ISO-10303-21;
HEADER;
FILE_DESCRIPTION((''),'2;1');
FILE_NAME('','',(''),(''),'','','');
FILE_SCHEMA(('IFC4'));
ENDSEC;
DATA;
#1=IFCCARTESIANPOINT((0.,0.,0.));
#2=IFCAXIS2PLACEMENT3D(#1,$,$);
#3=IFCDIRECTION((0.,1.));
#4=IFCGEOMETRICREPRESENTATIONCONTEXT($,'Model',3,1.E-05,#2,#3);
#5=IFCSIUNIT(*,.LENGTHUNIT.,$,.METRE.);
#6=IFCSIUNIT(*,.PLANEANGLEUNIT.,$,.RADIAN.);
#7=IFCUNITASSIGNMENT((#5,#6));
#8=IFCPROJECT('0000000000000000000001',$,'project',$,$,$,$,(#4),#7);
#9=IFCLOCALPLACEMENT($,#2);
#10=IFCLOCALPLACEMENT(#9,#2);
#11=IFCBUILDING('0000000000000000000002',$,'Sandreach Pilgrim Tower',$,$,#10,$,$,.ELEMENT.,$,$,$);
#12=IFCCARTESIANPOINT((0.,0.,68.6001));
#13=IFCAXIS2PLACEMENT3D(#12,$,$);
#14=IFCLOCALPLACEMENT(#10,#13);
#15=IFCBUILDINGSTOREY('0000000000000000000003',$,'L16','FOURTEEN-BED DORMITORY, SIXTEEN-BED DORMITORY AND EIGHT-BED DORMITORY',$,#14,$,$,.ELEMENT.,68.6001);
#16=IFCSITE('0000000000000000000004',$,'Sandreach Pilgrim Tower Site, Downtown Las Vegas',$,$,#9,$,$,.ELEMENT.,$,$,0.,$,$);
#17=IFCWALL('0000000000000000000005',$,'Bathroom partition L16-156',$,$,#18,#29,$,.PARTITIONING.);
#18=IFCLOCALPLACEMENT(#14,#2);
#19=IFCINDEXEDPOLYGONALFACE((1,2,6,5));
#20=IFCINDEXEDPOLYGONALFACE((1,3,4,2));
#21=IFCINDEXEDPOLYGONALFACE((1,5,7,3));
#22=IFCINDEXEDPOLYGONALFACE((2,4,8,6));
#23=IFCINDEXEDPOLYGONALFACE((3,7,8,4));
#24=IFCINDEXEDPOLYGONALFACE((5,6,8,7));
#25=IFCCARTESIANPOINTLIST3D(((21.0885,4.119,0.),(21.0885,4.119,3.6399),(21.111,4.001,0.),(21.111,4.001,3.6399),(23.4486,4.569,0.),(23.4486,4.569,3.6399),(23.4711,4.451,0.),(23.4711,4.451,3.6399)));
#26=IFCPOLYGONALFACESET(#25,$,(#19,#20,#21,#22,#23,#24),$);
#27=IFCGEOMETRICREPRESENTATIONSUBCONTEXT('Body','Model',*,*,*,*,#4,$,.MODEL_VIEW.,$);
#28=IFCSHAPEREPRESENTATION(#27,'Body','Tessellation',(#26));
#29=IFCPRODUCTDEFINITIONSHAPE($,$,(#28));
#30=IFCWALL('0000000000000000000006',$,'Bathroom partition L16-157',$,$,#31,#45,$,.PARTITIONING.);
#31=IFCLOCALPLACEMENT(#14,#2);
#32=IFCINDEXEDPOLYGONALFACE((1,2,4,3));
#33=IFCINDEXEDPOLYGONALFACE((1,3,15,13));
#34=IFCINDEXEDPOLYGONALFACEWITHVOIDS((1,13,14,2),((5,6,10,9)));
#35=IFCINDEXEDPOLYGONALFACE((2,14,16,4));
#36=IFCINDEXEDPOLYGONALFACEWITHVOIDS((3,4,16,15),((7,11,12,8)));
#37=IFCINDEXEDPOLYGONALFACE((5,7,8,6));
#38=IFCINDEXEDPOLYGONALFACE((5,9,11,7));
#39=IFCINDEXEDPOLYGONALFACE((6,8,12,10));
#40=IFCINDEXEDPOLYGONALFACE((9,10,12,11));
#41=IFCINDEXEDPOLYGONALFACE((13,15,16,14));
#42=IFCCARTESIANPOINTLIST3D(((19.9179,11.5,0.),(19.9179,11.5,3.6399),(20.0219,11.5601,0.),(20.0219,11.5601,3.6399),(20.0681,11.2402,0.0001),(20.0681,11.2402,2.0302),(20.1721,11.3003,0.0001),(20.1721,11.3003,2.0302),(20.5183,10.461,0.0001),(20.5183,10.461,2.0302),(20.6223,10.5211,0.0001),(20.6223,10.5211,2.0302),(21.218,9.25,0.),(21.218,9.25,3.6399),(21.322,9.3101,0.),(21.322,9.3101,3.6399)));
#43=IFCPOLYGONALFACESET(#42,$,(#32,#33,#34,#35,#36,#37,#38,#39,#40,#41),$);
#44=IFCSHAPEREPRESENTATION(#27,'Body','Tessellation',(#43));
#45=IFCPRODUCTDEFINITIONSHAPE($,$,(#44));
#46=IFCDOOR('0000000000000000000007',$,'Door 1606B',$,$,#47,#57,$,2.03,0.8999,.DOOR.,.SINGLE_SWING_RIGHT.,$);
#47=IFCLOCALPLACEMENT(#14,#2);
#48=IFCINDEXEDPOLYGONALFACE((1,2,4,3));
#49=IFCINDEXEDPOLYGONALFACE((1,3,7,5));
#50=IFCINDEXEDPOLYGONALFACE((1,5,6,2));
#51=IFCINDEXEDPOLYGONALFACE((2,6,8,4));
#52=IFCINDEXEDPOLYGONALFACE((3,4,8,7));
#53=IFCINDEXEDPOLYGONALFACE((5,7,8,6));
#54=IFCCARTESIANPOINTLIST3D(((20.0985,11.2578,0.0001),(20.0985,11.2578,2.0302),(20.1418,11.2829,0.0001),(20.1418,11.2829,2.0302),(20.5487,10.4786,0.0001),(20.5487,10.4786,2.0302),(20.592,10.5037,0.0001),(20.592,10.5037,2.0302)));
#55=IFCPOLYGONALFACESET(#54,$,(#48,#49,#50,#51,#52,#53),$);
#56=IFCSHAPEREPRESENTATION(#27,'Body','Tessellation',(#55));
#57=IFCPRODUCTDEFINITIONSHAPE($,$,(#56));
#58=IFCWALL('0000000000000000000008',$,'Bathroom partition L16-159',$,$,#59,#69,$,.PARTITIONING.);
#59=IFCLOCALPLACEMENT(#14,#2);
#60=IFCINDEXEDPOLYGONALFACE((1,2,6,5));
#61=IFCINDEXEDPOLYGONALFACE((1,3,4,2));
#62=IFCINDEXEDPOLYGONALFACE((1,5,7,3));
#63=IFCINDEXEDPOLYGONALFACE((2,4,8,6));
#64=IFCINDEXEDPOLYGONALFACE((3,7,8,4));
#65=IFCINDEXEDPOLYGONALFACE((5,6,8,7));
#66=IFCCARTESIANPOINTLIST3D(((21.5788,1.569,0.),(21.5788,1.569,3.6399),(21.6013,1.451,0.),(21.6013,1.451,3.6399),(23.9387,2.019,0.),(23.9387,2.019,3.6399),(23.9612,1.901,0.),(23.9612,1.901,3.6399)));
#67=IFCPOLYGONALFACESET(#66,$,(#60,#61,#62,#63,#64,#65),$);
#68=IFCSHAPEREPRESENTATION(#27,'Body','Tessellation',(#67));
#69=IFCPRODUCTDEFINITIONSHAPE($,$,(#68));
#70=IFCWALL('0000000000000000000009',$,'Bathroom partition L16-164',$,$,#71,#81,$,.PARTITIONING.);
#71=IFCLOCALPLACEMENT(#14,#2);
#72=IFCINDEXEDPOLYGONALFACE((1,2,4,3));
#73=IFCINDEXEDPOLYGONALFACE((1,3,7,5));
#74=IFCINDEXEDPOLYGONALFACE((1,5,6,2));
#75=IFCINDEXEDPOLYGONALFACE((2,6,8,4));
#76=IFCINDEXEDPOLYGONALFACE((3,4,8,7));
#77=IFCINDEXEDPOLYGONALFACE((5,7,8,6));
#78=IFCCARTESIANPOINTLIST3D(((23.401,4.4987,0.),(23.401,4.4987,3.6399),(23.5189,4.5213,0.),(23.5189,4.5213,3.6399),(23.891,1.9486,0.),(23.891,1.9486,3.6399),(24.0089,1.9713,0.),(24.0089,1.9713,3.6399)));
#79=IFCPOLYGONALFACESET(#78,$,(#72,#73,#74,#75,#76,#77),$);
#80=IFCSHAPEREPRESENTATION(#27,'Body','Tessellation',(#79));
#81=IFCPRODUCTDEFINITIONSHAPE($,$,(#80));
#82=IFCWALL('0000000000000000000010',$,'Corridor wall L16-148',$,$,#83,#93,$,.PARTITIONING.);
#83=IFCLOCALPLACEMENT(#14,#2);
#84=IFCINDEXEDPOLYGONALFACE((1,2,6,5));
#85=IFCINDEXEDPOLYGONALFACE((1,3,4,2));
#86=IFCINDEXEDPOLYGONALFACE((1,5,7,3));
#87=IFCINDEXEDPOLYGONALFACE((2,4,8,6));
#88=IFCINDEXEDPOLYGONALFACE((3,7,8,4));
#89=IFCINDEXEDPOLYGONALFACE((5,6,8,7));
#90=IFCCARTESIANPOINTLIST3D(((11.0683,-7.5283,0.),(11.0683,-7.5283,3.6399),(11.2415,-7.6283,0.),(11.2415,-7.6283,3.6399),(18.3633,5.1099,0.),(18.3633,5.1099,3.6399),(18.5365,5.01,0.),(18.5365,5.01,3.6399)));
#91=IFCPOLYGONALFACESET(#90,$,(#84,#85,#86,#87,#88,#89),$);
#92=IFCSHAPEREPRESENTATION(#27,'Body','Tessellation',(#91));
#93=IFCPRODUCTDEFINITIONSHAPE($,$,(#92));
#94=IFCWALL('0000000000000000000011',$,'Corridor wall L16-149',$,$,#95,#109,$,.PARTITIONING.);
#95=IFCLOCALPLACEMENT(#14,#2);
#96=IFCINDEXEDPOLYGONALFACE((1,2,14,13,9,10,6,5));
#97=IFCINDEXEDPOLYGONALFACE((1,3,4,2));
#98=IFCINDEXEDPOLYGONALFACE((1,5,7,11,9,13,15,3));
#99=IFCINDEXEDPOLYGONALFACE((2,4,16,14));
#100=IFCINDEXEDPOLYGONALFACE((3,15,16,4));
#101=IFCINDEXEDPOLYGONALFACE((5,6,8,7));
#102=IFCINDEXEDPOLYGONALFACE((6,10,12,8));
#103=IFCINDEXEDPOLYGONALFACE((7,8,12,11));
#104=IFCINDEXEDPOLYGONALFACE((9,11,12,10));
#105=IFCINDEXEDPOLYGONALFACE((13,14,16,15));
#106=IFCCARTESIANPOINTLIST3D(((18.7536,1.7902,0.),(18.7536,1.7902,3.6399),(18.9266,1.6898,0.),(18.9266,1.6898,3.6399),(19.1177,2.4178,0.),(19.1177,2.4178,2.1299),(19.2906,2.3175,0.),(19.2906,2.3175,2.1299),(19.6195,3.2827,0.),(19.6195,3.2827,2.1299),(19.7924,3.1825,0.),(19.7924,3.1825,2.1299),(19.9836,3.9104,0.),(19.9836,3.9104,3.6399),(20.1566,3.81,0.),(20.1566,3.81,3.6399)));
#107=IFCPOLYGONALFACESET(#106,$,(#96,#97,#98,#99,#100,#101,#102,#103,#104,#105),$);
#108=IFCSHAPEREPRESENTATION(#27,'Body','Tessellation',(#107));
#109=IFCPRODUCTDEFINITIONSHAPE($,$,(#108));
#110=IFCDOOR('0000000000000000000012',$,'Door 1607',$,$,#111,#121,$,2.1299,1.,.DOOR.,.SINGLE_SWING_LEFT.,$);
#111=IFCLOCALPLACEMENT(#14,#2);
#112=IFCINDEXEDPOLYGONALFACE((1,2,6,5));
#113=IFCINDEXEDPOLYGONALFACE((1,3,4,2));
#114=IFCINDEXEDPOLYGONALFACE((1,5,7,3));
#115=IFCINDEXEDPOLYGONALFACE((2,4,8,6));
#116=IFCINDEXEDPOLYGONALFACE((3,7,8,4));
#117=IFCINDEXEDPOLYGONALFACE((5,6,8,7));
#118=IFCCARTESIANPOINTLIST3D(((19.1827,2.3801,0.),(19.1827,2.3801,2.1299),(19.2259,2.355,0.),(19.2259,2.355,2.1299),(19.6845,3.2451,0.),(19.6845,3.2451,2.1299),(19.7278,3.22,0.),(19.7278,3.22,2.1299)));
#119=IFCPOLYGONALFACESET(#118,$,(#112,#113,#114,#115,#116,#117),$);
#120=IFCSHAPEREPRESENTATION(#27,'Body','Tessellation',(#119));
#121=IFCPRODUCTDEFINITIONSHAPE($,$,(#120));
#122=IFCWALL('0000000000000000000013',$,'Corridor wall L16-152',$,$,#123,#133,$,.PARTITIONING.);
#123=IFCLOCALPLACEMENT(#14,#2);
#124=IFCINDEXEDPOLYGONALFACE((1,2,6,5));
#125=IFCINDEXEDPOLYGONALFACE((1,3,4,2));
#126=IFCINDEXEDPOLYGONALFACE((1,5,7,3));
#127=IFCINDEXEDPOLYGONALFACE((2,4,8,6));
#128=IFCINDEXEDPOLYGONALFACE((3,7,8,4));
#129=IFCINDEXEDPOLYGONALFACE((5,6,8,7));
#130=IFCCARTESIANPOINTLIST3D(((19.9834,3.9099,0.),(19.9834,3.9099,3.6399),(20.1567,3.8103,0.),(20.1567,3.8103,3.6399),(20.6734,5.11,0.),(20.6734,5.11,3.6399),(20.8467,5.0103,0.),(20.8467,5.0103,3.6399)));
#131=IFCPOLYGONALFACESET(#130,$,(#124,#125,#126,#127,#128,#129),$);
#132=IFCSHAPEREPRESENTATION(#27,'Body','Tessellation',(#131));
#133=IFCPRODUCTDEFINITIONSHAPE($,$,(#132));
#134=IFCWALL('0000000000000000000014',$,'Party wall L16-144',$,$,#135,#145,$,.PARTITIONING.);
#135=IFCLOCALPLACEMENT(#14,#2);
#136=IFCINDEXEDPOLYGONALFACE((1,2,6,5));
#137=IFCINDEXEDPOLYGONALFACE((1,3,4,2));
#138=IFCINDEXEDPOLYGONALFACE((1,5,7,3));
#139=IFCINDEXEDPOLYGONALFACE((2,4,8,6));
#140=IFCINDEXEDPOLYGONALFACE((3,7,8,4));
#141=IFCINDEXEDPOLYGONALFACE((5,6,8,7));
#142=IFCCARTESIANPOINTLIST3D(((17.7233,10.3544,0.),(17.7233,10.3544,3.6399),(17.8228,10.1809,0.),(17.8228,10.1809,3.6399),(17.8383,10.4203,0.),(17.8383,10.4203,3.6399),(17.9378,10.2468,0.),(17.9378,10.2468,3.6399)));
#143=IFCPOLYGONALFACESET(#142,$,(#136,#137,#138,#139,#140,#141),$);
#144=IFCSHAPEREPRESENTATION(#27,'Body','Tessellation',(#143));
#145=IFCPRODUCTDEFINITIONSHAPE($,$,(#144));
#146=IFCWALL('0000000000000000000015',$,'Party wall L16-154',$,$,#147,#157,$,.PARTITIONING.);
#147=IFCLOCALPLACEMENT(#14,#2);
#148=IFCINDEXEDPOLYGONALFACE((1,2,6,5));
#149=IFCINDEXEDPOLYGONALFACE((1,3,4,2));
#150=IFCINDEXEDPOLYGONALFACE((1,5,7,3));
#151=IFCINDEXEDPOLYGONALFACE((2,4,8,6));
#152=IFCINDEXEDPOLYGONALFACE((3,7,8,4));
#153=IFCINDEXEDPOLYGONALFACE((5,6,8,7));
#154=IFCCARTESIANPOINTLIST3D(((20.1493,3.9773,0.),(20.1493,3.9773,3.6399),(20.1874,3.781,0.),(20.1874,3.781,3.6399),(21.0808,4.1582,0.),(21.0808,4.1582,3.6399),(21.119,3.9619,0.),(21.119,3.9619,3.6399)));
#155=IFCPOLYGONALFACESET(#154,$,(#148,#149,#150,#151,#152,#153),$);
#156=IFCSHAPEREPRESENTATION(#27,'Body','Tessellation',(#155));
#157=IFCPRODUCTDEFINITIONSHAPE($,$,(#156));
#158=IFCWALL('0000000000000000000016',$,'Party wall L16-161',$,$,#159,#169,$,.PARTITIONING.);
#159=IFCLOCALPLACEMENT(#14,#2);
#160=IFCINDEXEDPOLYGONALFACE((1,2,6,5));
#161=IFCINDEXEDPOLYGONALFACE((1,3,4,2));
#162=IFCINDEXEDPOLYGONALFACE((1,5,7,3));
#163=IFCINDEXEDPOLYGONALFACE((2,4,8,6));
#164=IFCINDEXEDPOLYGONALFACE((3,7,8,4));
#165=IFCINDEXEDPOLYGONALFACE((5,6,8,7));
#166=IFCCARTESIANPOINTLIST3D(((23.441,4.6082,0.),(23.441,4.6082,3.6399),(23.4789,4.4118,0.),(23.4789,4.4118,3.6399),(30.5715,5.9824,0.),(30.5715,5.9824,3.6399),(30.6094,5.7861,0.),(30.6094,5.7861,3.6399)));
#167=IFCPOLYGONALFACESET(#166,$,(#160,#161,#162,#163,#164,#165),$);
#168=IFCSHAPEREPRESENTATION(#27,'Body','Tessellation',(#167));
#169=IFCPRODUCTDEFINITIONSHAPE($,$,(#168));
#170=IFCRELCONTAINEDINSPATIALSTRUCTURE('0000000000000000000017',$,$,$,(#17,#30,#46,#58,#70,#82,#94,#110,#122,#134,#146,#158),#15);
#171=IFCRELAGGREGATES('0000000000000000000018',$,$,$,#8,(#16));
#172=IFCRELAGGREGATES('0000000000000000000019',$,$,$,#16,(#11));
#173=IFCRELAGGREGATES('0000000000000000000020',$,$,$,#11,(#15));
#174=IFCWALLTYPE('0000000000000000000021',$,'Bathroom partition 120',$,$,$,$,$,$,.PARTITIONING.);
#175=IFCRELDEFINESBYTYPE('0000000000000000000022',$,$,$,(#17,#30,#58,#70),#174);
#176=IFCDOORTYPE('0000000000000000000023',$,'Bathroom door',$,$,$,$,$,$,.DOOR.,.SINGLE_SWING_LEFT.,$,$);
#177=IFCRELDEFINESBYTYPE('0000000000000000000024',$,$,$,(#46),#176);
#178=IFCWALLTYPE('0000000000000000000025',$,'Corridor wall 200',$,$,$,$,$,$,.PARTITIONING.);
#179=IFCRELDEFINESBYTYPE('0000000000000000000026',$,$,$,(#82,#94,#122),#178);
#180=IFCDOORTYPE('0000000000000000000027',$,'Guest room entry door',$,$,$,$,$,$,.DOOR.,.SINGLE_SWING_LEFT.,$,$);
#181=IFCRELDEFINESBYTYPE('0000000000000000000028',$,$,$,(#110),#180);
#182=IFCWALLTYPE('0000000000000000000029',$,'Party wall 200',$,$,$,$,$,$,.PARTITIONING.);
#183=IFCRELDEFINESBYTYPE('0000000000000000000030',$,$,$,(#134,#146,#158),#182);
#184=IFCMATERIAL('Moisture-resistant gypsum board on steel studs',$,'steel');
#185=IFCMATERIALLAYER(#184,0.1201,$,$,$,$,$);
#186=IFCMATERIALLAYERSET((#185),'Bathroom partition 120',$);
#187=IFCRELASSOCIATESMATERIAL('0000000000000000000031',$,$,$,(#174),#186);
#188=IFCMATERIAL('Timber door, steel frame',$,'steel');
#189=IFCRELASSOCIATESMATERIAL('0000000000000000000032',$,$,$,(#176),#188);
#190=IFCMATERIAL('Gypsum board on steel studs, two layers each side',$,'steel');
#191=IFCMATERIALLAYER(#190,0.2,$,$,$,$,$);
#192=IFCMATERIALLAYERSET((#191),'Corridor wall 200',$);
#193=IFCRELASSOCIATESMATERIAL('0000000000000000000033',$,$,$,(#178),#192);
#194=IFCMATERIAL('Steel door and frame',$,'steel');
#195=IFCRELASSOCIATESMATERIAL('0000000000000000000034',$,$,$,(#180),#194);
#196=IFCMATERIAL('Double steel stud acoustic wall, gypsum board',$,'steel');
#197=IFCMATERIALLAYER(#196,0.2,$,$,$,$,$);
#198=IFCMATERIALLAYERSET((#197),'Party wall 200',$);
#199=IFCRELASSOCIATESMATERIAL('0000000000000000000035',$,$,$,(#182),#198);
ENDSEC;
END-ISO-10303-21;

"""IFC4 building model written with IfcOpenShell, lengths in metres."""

from ifc_helpers import new_model, si_unit, direction, frame, frame_2d, origin, place, context, subcontext, project, spatial, rectangle, extrude, material, layer, layer_set, type_object, element, fill, save


model = new_model("IFC4")

# Units and contexts
model_context = context("Model", 3, precision=1e-05, world=origin(), true_north=direction((0.0, 1.0)))
body_context = subcontext(model_context, "Body", "Model", "MODEL_VIEW")
ifc_project = project(units=[si_unit("LENGTHUNIT", "METRE"), si_unit("PLANEANGLEUNIT", "RADIAN")], contexts=[model_context])

# Site, building, storey
site_placement = place(None, origin())
site = spatial("IfcSite", under=ifc_project, at=site_placement, Name="Sandreach Pilgrim Tower Site, Downtown Las Vegas", CompositionType="ELEMENT", RefElevation=0.0)
building_placement = place(site_placement, origin())
building = spatial("IfcBuilding", under=site, at=building_placement, Name="Sandreach Pilgrim Tower", CompositionType="ELEMENT")
storey_placement = place(building_placement, frame((0.0, 0.0, 68.6001)))
storey = spatial("IfcBuildingStorey", under=building, at=storey_placement, Name="L16", Description="FOURTEEN-BED DORMITORY, SIXTEEN-BED DORMITORY AND EIGHT-BED DORMITORY", CompositionType="ELEMENT", Elevation=68.6001)

# Shared definitions
ifc_material_1 = material(Name="Moisture-resistant gypsum board on steel studs", Category="steel")
ifc_layer_1 = layer(ifc_material_1, 0.1201)
ifc_layer_set_1 = layer_set([ifc_layer_1], Name="Bathroom partition 120")
wall_type_1 = type_object("IfcWallType", Name="Bathroom partition 120", PredefinedType="PARTITIONING", material=ifc_layer_set_1)

# Shared definitions
ifc_material_2 = material(Name="Timber door, steel frame", Category="steel")
door_type_1 = type_object("IfcDoorType", Name="Bathroom door", OperationType="SINGLE_SWING_LEFT", PredefinedType="DOOR", material=ifc_material_2)

# Wall
wall_1_placement = place(storey_placement, frame((21.0999, 4.0601, 0.0), z_axis=(0.0, 0.0, 1.0), x_axis=(0.982307, 0.187276, 0.0)))
element("IfcWall", 1, at=wall_1_placement, inside=storey, type_object=wall_type_1, Name="Bathroom partition L16-156", PredefinedType="PARTITIONING", context=body_context, shape_type="SweptSolid", body=[
    extrude(rectangle(XDim=2.4026, YDim=0.1201, at=frame_2d((1.2012, 0.0))), origin(), (0.0, 0.0, 1.0), 3.6399),
])

# Wall, opening, door
wall_2_placement = place(storey_placement, frame((21.27, 9.28, 0.0), z_axis=(0.0, 0.0, 1.0), x_axis=(-0.500292, 0.865857, 0.0)))
wall_2 = element("IfcWall", 2, at=wall_2_placement, inside=storey, type_object=wall_type_1, Name="Bathroom partition L16-157", PredefinedType="PARTITIONING", context=body_context, shape_type="SweptSolid", body=[
    extrude(rectangle(XDim=2.5986, YDim=0.1201, at=frame_2d((1.2993, 0.0))), origin(), (0.0, 0.0, 1.0), 3.6399),
])
opening_1_placement = place(wall_2_placement, frame((1.3987, 0.0, 0.0)))
opening_1 = element("IfcOpeningElement", 3, at=opening_1_placement, cuts=wall_2, PredefinedType="OPENING", context=body_context, shape_type="SweptSolid", body=[
    extrude(rectangle(XDim=0.8999, YDim=2.03, at=frame_2d((0.45, 1.0151))), frame((0.0, 0.0601, 0.0), z_axis=(0.0, -1.0, 0.0), x_axis=(1.0, 0.0, 0.0)), (0.0, 0.0, 1.0), 0.1201),
])
door_1_placement = place(opening_1_placement, origin())
door_1 = element("IfcDoor", 4, at=door_1_placement, inside=storey, type_object=door_type_1, Name="Door 1606B", OperationType="SINGLE_SWING_RIGHT", OverallHeight=2.03, OverallWidth=0.8999, PredefinedType="DOOR", context=body_context, shape_type="SweptSolid", body=[
    extrude(rectangle(XDim=0.8999, YDim=2.03, at=frame_2d((0.45, 1.0151))), frame((0.0, 0.0249, 0.0), z_axis=(0.0, -1.0, 0.0), x_axis=(1.0, 0.0, 0.0)), (0.0, 0.0, 1.0), 0.05),
])
fill(opening_1, door_1)

# Walls
wall_3_placement = place(storey_placement, frame((21.5901, 1.51, 0.0), z_axis=(0.0, 0.0, 1.0), x_axis=(0.982304, 0.187294, 0.0)))
element("IfcWall", 5, at=wall_3_placement, inside=storey, type_object=wall_type_1, Name="Bathroom partition L16-159", PredefinedType="PARTITIONING", context=body_context, shape_type="SweptSolid", body=[
    extrude(rectangle(XDim=2.4023, YDim=0.1201, at=frame_2d((1.2012, 0.0))), origin(), (0.0, 0.0, 1.0), 3.6399),
])
wall_4_placement = place(storey_placement, frame((23.95, 1.96, 0.0), z_axis=(0.0, 0.0, 1.0), x_axis=(-0.188697, 0.982035, 0.0)))
element("IfcWall", 6, at=wall_4_placement, inside=storey, type_object=wall_type_1, Name="Bathroom partition L16-164", PredefinedType="PARTITIONING", context=body_context, shape_type="SweptSolid", body=[
    extrude(rectangle(XDim=2.5967, YDim=0.1201, at=frame_2d((1.2983, 0.0))), origin(), (0.0, 0.0, 1.0), 3.6399),
])

# Shared definitions
ifc_material_3 = material(Name="Gypsum board on steel studs, two layers each side", Category="steel")
ifc_layer_2 = layer(ifc_material_3, 0.2)
ifc_layer_set_2 = layer_set([ifc_layer_2], Name="Corridor wall 200")
wall_type_2 = type_object("IfcWallType", Name="Corridor wall 200", PredefinedType="PARTITIONING", material=ifc_layer_set_2)
ifc_material_4 = material(Name="Steel door and frame", Category="steel")
door_type_2 = type_object("IfcDoorType", Name="Guest room entry door", OperationType="SINGLE_SWING_LEFT", PredefinedType="DOOR", material=ifc_material_4)

# Wall
wall_5_placement = place(storey_placement, frame((18.45, 5.0601, 0.0), z_axis=(0.0, 0.0, 1.0), x_axis=(-0.499911, -0.866077, 0.0)))
element("IfcWall", 7, at=wall_5_placement, inside=storey, type_object=wall_type_2, Name="Corridor wall L16-148", PredefinedType="PARTITIONING", context=body_context, shape_type="SweptSolid", body=[
    extrude(rectangle(XDim=14.5925, YDim=0.2, at=frame_2d((7.2964, 0.0))), origin(), (0.0, 0.0, 1.0), 3.6399),
])

# Wall, opening, door
wall_6_placement = place(storey_placement, frame((18.8401, 1.74, 0.0), z_axis=(0.0, 0.0, 1.0), x_axis=(0.501813, 0.864976, 0.0)))
wall_6 = element("IfcWall", 8, at=wall_6_placement, inside=storey, type_object=wall_type_2, Name="Corridor wall L16-149", PredefinedType="PARTITIONING", context=body_context, shape_type="SweptSolid", body=[
    extrude(rectangle(XDim=2.4512, YDim=0.2, at=frame_2d((1.2256, 0.0))), origin(), (0.0, 0.0, 1.0), 3.6399),
])
opening_2_placement = place(wall_6_placement, frame((0.7256, 0.0, 0.0)))
opening_2 = element("IfcOpeningElement", 9, at=opening_2_placement, cuts=wall_6, PredefinedType="OPENING", context=body_context, shape_type="SweptSolid", body=[
    extrude(rectangle(XDim=1.0, YDim=2.1299, at=frame_2d((0.5, 1.0649))), frame((0.0, 0.1001, 0.0), z_axis=(0.0, -1.0, 0.0), x_axis=(1.0, 0.0, 0.0)), (0.0, 0.0, 1.0), 0.2),
])
door_2_placement = place(opening_2_placement, origin())
door_2 = element("IfcDoor", 10, at=door_2_placement, inside=storey, type_object=door_type_2, Name="Door 1607", OperationType="SINGLE_SWING_LEFT", OverallHeight=2.1299, OverallWidth=1.0, PredefinedType="DOOR", context=body_context, shape_type="SweptSolid", body=[
    extrude(rectangle(XDim=1.0, YDim=2.1299, at=frame_2d((0.5, 1.0649))), frame((0.0, 0.0249, 0.0), z_axis=(0.0, -1.0, 0.0), x_axis=(1.0, 0.0, 0.0)), (0.0, 0.0, 1.0), 0.05),
])
fill(opening_2, door_2)

# Walls
wall_7_placement = place(storey_placement, frame((20.0701, 3.8601, 0.0), z_axis=(0.0, 0.0, 1.0), x_axis=(0.498455, 0.866916, 0.0)))
element("IfcWall", 11, at=wall_7_placement, inside=storey, type_object=wall_type_2, Name="Corridor wall L16-152", PredefinedType="PARTITIONING", context=body_context, shape_type="SweptSolid", body=[
    extrude(rectangle(XDim=1.3843, YDim=0.2, at=frame_2d((0.6921, 0.0))), origin(), (0.0, 0.0, 1.0), 3.6399),
])
ifc_material_5 = material(Name="Double steel stud acoustic wall, gypsum board", Category="steel")
ifc_layer_3 = layer(ifc_material_5, 0.2)
ifc_layer_set_3 = layer_set([ifc_layer_3], Name="Party wall 200")
wall_type_3 = type_object("IfcWallType", Name="Party wall 200", PredefinedType="PARTITIONING", material=ifc_layer_set_3)
wall_8_placement = place(storey_placement, frame((17.7729, 10.2676, 0.0), z_axis=(0.0, 0.0, 1.0), x_axis=(0.867562, 0.497329, 0.0)))
element("IfcWall", 12, at=wall_8_placement, inside=storey, type_object=wall_type_3, Name="Party wall L16-144", PredefinedType="PARTITIONING", context=body_context, shape_type="SweptSolid", body=[
    extrude(rectangle(XDim=0.1326, YDim=0.2, at=frame_2d((0.0664, 0.0))), origin(), (0.0, 0.0, 1.0), 3.6399),
])
wall_9_placement = place(storey_placement, frame((20.1682, 3.8792, 0.0), z_axis=(0.0, 0.0, 1.0), x_axis=(0.981664, 0.190622, 0.0)))
element("IfcWall", 13, at=wall_9_placement, inside=storey, type_object=wall_type_3, Name="Party wall L16-154", PredefinedType="PARTITIONING", context=body_context, shape_type="SweptSolid", body=[
    extrude(rectangle(XDim=0.949, YDim=0.2, at=frame_2d((0.4746, 0.0))), origin(), (0.0, 0.0, 1.0), 3.6399),
])
wall_10_placement = place(storey_placement, frame((23.46, 4.51, 0.0), z_axis=(0.0, 0.0, 1.0), x_axis=(0.98193, 0.189245, 0.0)))
element("IfcWall", 14, at=wall_10_placement, inside=storey, type_object=wall_type_3, Name="Party wall L16-161", PredefinedType="PARTITIONING", context=body_context, shape_type="SweptSolid", body=[
    extrude(rectangle(XDim=7.2617, YDim=0.2, at=frame_2d((3.6309, 0.0))), origin(), (0.0, 0.0, 1.0), 3.6399),
])

save(model, "model.ifc")
